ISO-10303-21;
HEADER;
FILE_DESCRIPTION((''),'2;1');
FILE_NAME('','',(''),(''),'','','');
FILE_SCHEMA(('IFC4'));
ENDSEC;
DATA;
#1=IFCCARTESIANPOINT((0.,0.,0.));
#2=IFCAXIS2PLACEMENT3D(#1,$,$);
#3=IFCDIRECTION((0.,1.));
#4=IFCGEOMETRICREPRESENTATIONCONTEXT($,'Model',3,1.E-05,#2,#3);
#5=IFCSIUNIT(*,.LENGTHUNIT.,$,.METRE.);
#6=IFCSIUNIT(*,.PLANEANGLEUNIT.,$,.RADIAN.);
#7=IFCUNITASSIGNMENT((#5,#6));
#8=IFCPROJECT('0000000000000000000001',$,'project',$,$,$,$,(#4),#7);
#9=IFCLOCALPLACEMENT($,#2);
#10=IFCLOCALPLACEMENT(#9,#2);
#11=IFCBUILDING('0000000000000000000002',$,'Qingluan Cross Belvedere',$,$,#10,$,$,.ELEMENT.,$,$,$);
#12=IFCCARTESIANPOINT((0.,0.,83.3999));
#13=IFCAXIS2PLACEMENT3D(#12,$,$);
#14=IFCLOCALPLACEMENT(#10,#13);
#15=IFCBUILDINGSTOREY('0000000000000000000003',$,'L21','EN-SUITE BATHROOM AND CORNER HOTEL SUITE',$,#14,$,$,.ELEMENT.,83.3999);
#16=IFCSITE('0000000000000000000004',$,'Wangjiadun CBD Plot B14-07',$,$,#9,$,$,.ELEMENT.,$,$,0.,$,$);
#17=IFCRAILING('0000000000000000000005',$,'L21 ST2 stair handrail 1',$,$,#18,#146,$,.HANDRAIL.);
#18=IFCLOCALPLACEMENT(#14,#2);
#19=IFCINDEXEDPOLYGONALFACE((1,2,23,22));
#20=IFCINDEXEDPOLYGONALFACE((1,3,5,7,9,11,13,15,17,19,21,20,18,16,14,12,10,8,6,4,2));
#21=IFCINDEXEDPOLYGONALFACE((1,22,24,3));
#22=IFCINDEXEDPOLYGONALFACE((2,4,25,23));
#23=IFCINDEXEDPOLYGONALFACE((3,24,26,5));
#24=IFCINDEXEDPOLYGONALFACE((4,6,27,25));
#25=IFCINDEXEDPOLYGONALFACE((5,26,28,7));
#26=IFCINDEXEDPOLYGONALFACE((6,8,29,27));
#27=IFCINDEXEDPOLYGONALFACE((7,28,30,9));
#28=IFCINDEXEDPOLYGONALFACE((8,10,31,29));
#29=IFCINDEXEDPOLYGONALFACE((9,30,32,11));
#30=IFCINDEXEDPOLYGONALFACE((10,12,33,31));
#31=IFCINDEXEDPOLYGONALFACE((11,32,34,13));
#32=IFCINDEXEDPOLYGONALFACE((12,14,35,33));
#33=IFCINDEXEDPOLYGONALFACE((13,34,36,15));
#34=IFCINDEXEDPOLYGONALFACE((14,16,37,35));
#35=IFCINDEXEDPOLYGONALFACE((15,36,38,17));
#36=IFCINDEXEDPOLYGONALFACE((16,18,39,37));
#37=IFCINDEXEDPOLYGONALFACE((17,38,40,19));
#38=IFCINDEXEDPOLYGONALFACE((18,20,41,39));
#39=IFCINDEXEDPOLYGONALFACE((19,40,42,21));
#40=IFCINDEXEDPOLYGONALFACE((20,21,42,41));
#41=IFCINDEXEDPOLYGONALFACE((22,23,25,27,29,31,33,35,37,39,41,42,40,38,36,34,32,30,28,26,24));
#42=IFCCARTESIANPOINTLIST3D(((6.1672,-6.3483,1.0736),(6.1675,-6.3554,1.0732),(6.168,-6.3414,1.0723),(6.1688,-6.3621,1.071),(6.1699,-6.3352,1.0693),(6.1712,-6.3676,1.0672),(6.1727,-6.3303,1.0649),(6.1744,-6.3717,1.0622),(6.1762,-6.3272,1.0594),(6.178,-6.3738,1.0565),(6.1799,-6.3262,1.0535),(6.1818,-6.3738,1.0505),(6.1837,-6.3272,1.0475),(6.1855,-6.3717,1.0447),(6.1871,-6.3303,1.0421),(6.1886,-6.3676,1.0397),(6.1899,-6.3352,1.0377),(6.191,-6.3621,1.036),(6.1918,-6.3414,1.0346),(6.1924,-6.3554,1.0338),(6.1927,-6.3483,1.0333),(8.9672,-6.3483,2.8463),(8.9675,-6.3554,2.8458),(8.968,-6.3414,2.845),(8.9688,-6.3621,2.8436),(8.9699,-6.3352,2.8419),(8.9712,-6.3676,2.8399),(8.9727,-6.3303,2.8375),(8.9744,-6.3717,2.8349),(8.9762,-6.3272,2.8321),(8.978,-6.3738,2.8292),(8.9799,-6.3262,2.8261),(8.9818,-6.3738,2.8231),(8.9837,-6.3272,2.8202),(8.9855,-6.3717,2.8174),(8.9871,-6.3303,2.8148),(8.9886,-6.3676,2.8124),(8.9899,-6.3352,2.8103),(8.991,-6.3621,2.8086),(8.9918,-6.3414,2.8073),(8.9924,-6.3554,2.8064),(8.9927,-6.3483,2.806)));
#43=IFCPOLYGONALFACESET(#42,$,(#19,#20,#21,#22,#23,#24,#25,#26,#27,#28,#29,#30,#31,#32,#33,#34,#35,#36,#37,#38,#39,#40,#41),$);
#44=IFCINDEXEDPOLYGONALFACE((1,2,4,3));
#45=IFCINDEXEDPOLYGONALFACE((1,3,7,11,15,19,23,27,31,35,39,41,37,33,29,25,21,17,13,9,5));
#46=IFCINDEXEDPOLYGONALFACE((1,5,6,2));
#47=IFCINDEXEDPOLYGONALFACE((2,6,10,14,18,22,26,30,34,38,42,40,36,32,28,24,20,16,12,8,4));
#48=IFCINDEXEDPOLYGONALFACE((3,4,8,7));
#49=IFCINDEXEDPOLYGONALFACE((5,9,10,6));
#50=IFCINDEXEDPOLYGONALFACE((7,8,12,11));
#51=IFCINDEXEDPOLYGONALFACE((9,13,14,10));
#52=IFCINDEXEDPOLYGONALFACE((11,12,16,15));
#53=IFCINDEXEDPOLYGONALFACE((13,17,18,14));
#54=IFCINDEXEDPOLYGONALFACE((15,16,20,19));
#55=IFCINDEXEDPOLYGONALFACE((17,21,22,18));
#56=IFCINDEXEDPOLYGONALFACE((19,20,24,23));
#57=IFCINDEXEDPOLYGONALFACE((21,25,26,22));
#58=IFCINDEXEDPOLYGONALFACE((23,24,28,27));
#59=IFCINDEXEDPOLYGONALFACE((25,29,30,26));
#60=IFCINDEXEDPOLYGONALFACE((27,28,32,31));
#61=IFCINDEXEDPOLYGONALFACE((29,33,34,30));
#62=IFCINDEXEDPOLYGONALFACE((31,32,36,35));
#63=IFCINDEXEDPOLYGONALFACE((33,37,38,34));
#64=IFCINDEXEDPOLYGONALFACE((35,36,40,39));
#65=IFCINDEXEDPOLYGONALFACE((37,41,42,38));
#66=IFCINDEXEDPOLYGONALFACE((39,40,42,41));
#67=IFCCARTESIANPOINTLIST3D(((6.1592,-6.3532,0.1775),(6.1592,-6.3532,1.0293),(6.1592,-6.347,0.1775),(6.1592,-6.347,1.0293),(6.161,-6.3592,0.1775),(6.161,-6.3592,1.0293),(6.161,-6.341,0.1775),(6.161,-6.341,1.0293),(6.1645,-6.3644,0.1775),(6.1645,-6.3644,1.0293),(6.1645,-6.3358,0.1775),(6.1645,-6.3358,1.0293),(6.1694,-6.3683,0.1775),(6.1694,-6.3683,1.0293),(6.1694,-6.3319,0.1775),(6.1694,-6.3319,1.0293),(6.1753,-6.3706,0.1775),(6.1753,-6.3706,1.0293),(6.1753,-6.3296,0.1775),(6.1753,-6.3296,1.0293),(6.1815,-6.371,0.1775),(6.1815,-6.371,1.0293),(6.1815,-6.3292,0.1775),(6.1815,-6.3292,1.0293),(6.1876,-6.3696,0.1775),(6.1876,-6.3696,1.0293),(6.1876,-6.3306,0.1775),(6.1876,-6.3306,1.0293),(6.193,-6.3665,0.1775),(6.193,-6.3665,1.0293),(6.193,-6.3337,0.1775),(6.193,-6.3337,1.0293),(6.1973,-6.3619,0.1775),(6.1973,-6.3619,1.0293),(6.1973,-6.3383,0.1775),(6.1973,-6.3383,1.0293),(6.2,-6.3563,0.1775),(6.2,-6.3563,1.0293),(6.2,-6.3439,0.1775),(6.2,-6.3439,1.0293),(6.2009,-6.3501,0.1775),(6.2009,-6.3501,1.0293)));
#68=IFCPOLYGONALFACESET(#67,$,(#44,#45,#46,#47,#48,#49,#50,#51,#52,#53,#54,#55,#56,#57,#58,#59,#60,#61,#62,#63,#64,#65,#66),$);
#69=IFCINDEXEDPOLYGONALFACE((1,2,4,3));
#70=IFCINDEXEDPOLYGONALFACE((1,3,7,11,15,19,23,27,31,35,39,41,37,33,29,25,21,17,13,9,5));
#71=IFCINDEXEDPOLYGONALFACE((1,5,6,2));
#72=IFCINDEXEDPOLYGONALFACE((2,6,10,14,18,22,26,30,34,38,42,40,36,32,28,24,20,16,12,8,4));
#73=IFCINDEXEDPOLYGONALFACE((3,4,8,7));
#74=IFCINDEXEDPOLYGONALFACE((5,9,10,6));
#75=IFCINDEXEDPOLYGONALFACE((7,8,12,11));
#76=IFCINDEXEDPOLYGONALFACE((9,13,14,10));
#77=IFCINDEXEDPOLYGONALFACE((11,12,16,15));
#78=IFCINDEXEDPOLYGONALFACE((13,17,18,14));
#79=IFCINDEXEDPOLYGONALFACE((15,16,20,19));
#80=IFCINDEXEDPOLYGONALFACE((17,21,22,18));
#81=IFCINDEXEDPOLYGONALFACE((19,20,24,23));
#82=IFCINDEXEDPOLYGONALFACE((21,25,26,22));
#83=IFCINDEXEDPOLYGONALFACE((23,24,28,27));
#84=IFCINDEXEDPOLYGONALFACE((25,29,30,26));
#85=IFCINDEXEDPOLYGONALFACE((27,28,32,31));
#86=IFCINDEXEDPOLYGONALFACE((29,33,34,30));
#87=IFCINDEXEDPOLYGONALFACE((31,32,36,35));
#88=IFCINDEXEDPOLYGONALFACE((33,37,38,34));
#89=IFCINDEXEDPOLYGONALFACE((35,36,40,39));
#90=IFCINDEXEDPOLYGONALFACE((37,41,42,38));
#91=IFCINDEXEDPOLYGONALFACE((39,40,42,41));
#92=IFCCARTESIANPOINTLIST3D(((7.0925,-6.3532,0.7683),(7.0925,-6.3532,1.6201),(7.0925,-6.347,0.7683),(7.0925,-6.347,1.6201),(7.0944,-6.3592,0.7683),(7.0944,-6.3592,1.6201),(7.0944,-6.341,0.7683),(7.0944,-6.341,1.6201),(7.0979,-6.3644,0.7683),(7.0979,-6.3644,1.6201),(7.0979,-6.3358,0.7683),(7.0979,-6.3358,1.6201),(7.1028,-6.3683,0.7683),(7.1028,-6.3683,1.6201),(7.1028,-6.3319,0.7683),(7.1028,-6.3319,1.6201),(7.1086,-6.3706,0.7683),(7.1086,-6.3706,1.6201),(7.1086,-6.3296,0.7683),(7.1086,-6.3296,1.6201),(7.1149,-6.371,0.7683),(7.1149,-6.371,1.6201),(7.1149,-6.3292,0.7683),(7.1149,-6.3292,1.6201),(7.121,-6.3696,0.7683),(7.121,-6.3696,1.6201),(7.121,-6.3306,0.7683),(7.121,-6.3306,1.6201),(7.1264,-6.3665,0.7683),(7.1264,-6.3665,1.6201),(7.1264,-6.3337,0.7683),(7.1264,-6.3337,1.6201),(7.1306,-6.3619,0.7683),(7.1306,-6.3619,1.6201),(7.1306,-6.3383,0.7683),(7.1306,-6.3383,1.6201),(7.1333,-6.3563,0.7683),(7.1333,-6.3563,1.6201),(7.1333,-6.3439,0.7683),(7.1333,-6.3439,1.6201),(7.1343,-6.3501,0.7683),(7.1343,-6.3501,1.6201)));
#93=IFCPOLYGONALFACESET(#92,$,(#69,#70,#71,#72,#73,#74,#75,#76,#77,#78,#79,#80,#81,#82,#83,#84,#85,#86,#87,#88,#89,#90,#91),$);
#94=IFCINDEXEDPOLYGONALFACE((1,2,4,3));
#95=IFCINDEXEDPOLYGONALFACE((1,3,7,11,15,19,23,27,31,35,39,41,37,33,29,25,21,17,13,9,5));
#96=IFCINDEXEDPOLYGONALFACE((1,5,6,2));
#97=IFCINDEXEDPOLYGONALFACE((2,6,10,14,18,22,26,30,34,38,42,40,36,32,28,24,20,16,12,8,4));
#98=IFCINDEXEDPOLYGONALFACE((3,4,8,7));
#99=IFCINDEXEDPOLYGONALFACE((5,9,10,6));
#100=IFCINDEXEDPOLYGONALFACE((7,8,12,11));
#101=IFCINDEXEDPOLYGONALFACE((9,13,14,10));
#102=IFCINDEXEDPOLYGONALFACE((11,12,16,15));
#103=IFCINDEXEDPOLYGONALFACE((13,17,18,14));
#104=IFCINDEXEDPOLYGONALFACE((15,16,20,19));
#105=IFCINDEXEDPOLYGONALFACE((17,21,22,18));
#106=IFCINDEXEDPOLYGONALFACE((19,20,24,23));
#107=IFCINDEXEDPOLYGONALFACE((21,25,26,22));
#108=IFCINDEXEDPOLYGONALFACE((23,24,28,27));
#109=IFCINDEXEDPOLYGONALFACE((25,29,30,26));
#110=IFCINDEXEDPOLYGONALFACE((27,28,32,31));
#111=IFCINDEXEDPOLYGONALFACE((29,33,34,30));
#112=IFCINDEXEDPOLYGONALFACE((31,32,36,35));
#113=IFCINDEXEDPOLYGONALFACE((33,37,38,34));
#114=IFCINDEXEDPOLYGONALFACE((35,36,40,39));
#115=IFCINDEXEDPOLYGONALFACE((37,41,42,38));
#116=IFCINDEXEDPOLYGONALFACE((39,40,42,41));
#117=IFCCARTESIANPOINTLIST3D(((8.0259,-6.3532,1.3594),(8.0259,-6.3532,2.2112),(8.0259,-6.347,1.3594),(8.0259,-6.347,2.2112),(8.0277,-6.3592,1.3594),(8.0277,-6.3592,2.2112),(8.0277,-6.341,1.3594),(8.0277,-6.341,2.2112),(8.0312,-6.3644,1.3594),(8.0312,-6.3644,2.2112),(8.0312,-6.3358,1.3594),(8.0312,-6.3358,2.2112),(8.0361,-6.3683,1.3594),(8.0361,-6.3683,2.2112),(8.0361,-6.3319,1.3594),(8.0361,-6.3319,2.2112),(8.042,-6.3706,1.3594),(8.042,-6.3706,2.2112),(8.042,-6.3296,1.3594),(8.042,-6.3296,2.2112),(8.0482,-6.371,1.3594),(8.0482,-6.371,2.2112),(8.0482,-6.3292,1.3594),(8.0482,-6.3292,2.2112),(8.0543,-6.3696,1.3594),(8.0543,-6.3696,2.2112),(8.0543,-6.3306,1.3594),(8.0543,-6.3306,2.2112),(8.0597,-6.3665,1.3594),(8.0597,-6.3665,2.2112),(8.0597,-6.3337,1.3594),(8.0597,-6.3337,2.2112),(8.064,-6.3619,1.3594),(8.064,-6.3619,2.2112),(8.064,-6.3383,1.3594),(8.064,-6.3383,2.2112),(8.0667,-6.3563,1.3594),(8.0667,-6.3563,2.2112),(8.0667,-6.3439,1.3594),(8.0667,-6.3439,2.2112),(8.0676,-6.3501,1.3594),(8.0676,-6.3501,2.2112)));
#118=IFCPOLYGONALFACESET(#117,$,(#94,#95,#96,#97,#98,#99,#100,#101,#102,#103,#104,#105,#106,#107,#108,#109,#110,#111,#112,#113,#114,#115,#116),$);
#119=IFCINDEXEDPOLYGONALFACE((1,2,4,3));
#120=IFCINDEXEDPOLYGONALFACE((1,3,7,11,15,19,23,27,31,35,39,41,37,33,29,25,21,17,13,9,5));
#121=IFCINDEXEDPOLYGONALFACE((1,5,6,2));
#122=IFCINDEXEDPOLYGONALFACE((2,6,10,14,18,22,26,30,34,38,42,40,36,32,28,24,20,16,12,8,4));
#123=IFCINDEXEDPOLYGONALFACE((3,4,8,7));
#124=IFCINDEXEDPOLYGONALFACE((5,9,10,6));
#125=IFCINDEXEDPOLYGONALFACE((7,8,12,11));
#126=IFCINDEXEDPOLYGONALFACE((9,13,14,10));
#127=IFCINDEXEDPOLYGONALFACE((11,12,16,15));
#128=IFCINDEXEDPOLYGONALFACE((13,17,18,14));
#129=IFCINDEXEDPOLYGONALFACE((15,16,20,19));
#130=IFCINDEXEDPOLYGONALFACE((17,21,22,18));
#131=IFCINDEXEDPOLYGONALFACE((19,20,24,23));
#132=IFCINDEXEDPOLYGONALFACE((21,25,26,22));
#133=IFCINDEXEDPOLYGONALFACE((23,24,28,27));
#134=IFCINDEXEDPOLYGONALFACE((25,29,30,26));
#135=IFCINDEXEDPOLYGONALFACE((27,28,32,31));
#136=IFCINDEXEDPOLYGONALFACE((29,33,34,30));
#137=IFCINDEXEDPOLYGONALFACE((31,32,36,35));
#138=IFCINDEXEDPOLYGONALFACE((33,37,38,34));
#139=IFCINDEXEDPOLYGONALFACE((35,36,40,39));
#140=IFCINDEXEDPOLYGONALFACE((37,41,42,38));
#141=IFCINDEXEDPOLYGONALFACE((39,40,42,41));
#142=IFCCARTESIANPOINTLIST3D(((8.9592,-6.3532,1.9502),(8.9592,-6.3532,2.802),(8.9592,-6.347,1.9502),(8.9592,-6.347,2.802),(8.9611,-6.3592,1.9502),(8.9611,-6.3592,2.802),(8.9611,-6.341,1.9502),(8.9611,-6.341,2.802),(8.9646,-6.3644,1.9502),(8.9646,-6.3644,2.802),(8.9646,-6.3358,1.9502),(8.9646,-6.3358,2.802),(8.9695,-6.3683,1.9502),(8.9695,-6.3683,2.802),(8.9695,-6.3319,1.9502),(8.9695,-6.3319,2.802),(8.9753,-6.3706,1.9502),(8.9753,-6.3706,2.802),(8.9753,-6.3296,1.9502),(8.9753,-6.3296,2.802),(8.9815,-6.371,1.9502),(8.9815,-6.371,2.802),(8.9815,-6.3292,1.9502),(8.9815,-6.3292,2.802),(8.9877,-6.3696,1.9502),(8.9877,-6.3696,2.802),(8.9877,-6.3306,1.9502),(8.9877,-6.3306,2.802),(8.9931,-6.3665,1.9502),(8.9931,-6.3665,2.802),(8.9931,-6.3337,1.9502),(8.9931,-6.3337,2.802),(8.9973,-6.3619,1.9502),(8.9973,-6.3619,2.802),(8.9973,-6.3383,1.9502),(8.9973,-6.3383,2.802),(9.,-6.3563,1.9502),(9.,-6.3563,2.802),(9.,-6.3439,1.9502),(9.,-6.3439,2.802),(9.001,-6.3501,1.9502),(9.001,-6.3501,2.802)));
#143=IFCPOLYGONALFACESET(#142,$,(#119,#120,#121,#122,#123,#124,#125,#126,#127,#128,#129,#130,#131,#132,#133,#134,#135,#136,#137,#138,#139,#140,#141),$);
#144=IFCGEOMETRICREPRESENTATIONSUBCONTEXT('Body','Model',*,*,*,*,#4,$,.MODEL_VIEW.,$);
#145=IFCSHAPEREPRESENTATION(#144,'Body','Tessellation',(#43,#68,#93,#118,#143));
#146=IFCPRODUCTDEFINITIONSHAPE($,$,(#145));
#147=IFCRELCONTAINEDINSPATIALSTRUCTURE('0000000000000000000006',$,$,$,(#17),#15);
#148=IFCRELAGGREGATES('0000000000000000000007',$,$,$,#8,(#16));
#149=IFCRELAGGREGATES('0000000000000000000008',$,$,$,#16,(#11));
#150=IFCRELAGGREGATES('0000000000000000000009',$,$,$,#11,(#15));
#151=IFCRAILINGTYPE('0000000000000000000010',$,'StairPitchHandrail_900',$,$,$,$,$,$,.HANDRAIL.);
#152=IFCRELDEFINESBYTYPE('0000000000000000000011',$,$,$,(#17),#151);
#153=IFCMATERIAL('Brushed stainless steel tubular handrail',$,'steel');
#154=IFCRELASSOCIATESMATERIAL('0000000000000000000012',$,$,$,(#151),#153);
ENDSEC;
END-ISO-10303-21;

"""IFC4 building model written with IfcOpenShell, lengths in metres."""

from ifc_helpers import new_model, si_unit, direction, frame, origin, origin_2d, place, context, subcontext, project, spatial, circle, extrude, material, type_object, element, save


model = new_model("IFC4")

# Units and contexts
model_context = context("Model", 3, precision=1e-05, world=origin(), true_north=direction((0.0, 1.0)))
body_context = subcontext(model_context, "Body", "Model", "MODEL_VIEW")
ifc_project = project(units=[si_unit("LENGTHUNIT", "METRE"), si_unit("PLANEANGLEUNIT", "RADIAN")], contexts=[model_context])

# Site, building, storey
site_placement = place(None, origin())
site = spatial("IfcSite", under=ifc_project, at=site_placement, Name="Wangjiadun CBD Plot B14-07", CompositionType="ELEMENT", RefElevation=0.0)
building_placement = place(site_placement, origin())
building = spatial("IfcBuilding", under=site, at=building_placement, Name="Qingluan Cross Belvedere", CompositionType="ELEMENT")
storey_placement = place(building_placement, frame((0.0, 0.0, 83.3999)))
storey = spatial("IfcBuildingStorey", under=building, at=storey_placement, Name="L21", Description="EN-SUITE BATHROOM AND CORNER HOTEL SUITE", CompositionType="ELEMENT", Elevation=83.3999)

# Railing
ifc_material_1 = material(Name="Brushed stainless steel tubular handrail", Category="steel")
railing_type_1 = type_object("IfcRailingType", Name="StairPitchHandrail_900", PredefinedType="HANDRAIL", material=ifc_material_1)
for number, where, name in (
    (1, (6.1799, -6.3501, 0.1775), "L21 ST2 stair handrail 1"),
):
    element("IfcRailing", number, at=place(storey_placement, frame(where)), inside=storey, type_object=railing_type_1, Name=name, PredefinedType="HANDRAIL", context=body_context, shape_type="SweptSolid", body=[
        extrude(circle(Radius=0.0239, at=origin_2d()), frame((0.0, 0.0, 0.876), z_axis=(0.844909, 0.0, 0.53491), x_axis=(0.0, 1.0, 0.0)), (0.0, 0.0, 1.0), 3.314),
        extrude(circle(Radius=0.021, at=origin_2d()), origin(), (0.0, 0.0, 1.0), 0.8518),
        extrude(circle(Radius=0.021, at=origin_2d()), frame((0.9333, 0.0, 0.5908)), (0.0, 0.0, 1.0), 0.8518),
        extrude(circle(Radius=0.021, at=origin_2d()), frame((1.8667, 0.0, 1.1819)), (0.0, 0.0, 1.0), 0.8518),
        extrude(circle(Radius=0.021, at=origin_2d()), frame((2.8, 0.0, 1.7727)), (0.0, 0.0, 1.0), 0.8518),
    ])

save(model, "model.ifc")
